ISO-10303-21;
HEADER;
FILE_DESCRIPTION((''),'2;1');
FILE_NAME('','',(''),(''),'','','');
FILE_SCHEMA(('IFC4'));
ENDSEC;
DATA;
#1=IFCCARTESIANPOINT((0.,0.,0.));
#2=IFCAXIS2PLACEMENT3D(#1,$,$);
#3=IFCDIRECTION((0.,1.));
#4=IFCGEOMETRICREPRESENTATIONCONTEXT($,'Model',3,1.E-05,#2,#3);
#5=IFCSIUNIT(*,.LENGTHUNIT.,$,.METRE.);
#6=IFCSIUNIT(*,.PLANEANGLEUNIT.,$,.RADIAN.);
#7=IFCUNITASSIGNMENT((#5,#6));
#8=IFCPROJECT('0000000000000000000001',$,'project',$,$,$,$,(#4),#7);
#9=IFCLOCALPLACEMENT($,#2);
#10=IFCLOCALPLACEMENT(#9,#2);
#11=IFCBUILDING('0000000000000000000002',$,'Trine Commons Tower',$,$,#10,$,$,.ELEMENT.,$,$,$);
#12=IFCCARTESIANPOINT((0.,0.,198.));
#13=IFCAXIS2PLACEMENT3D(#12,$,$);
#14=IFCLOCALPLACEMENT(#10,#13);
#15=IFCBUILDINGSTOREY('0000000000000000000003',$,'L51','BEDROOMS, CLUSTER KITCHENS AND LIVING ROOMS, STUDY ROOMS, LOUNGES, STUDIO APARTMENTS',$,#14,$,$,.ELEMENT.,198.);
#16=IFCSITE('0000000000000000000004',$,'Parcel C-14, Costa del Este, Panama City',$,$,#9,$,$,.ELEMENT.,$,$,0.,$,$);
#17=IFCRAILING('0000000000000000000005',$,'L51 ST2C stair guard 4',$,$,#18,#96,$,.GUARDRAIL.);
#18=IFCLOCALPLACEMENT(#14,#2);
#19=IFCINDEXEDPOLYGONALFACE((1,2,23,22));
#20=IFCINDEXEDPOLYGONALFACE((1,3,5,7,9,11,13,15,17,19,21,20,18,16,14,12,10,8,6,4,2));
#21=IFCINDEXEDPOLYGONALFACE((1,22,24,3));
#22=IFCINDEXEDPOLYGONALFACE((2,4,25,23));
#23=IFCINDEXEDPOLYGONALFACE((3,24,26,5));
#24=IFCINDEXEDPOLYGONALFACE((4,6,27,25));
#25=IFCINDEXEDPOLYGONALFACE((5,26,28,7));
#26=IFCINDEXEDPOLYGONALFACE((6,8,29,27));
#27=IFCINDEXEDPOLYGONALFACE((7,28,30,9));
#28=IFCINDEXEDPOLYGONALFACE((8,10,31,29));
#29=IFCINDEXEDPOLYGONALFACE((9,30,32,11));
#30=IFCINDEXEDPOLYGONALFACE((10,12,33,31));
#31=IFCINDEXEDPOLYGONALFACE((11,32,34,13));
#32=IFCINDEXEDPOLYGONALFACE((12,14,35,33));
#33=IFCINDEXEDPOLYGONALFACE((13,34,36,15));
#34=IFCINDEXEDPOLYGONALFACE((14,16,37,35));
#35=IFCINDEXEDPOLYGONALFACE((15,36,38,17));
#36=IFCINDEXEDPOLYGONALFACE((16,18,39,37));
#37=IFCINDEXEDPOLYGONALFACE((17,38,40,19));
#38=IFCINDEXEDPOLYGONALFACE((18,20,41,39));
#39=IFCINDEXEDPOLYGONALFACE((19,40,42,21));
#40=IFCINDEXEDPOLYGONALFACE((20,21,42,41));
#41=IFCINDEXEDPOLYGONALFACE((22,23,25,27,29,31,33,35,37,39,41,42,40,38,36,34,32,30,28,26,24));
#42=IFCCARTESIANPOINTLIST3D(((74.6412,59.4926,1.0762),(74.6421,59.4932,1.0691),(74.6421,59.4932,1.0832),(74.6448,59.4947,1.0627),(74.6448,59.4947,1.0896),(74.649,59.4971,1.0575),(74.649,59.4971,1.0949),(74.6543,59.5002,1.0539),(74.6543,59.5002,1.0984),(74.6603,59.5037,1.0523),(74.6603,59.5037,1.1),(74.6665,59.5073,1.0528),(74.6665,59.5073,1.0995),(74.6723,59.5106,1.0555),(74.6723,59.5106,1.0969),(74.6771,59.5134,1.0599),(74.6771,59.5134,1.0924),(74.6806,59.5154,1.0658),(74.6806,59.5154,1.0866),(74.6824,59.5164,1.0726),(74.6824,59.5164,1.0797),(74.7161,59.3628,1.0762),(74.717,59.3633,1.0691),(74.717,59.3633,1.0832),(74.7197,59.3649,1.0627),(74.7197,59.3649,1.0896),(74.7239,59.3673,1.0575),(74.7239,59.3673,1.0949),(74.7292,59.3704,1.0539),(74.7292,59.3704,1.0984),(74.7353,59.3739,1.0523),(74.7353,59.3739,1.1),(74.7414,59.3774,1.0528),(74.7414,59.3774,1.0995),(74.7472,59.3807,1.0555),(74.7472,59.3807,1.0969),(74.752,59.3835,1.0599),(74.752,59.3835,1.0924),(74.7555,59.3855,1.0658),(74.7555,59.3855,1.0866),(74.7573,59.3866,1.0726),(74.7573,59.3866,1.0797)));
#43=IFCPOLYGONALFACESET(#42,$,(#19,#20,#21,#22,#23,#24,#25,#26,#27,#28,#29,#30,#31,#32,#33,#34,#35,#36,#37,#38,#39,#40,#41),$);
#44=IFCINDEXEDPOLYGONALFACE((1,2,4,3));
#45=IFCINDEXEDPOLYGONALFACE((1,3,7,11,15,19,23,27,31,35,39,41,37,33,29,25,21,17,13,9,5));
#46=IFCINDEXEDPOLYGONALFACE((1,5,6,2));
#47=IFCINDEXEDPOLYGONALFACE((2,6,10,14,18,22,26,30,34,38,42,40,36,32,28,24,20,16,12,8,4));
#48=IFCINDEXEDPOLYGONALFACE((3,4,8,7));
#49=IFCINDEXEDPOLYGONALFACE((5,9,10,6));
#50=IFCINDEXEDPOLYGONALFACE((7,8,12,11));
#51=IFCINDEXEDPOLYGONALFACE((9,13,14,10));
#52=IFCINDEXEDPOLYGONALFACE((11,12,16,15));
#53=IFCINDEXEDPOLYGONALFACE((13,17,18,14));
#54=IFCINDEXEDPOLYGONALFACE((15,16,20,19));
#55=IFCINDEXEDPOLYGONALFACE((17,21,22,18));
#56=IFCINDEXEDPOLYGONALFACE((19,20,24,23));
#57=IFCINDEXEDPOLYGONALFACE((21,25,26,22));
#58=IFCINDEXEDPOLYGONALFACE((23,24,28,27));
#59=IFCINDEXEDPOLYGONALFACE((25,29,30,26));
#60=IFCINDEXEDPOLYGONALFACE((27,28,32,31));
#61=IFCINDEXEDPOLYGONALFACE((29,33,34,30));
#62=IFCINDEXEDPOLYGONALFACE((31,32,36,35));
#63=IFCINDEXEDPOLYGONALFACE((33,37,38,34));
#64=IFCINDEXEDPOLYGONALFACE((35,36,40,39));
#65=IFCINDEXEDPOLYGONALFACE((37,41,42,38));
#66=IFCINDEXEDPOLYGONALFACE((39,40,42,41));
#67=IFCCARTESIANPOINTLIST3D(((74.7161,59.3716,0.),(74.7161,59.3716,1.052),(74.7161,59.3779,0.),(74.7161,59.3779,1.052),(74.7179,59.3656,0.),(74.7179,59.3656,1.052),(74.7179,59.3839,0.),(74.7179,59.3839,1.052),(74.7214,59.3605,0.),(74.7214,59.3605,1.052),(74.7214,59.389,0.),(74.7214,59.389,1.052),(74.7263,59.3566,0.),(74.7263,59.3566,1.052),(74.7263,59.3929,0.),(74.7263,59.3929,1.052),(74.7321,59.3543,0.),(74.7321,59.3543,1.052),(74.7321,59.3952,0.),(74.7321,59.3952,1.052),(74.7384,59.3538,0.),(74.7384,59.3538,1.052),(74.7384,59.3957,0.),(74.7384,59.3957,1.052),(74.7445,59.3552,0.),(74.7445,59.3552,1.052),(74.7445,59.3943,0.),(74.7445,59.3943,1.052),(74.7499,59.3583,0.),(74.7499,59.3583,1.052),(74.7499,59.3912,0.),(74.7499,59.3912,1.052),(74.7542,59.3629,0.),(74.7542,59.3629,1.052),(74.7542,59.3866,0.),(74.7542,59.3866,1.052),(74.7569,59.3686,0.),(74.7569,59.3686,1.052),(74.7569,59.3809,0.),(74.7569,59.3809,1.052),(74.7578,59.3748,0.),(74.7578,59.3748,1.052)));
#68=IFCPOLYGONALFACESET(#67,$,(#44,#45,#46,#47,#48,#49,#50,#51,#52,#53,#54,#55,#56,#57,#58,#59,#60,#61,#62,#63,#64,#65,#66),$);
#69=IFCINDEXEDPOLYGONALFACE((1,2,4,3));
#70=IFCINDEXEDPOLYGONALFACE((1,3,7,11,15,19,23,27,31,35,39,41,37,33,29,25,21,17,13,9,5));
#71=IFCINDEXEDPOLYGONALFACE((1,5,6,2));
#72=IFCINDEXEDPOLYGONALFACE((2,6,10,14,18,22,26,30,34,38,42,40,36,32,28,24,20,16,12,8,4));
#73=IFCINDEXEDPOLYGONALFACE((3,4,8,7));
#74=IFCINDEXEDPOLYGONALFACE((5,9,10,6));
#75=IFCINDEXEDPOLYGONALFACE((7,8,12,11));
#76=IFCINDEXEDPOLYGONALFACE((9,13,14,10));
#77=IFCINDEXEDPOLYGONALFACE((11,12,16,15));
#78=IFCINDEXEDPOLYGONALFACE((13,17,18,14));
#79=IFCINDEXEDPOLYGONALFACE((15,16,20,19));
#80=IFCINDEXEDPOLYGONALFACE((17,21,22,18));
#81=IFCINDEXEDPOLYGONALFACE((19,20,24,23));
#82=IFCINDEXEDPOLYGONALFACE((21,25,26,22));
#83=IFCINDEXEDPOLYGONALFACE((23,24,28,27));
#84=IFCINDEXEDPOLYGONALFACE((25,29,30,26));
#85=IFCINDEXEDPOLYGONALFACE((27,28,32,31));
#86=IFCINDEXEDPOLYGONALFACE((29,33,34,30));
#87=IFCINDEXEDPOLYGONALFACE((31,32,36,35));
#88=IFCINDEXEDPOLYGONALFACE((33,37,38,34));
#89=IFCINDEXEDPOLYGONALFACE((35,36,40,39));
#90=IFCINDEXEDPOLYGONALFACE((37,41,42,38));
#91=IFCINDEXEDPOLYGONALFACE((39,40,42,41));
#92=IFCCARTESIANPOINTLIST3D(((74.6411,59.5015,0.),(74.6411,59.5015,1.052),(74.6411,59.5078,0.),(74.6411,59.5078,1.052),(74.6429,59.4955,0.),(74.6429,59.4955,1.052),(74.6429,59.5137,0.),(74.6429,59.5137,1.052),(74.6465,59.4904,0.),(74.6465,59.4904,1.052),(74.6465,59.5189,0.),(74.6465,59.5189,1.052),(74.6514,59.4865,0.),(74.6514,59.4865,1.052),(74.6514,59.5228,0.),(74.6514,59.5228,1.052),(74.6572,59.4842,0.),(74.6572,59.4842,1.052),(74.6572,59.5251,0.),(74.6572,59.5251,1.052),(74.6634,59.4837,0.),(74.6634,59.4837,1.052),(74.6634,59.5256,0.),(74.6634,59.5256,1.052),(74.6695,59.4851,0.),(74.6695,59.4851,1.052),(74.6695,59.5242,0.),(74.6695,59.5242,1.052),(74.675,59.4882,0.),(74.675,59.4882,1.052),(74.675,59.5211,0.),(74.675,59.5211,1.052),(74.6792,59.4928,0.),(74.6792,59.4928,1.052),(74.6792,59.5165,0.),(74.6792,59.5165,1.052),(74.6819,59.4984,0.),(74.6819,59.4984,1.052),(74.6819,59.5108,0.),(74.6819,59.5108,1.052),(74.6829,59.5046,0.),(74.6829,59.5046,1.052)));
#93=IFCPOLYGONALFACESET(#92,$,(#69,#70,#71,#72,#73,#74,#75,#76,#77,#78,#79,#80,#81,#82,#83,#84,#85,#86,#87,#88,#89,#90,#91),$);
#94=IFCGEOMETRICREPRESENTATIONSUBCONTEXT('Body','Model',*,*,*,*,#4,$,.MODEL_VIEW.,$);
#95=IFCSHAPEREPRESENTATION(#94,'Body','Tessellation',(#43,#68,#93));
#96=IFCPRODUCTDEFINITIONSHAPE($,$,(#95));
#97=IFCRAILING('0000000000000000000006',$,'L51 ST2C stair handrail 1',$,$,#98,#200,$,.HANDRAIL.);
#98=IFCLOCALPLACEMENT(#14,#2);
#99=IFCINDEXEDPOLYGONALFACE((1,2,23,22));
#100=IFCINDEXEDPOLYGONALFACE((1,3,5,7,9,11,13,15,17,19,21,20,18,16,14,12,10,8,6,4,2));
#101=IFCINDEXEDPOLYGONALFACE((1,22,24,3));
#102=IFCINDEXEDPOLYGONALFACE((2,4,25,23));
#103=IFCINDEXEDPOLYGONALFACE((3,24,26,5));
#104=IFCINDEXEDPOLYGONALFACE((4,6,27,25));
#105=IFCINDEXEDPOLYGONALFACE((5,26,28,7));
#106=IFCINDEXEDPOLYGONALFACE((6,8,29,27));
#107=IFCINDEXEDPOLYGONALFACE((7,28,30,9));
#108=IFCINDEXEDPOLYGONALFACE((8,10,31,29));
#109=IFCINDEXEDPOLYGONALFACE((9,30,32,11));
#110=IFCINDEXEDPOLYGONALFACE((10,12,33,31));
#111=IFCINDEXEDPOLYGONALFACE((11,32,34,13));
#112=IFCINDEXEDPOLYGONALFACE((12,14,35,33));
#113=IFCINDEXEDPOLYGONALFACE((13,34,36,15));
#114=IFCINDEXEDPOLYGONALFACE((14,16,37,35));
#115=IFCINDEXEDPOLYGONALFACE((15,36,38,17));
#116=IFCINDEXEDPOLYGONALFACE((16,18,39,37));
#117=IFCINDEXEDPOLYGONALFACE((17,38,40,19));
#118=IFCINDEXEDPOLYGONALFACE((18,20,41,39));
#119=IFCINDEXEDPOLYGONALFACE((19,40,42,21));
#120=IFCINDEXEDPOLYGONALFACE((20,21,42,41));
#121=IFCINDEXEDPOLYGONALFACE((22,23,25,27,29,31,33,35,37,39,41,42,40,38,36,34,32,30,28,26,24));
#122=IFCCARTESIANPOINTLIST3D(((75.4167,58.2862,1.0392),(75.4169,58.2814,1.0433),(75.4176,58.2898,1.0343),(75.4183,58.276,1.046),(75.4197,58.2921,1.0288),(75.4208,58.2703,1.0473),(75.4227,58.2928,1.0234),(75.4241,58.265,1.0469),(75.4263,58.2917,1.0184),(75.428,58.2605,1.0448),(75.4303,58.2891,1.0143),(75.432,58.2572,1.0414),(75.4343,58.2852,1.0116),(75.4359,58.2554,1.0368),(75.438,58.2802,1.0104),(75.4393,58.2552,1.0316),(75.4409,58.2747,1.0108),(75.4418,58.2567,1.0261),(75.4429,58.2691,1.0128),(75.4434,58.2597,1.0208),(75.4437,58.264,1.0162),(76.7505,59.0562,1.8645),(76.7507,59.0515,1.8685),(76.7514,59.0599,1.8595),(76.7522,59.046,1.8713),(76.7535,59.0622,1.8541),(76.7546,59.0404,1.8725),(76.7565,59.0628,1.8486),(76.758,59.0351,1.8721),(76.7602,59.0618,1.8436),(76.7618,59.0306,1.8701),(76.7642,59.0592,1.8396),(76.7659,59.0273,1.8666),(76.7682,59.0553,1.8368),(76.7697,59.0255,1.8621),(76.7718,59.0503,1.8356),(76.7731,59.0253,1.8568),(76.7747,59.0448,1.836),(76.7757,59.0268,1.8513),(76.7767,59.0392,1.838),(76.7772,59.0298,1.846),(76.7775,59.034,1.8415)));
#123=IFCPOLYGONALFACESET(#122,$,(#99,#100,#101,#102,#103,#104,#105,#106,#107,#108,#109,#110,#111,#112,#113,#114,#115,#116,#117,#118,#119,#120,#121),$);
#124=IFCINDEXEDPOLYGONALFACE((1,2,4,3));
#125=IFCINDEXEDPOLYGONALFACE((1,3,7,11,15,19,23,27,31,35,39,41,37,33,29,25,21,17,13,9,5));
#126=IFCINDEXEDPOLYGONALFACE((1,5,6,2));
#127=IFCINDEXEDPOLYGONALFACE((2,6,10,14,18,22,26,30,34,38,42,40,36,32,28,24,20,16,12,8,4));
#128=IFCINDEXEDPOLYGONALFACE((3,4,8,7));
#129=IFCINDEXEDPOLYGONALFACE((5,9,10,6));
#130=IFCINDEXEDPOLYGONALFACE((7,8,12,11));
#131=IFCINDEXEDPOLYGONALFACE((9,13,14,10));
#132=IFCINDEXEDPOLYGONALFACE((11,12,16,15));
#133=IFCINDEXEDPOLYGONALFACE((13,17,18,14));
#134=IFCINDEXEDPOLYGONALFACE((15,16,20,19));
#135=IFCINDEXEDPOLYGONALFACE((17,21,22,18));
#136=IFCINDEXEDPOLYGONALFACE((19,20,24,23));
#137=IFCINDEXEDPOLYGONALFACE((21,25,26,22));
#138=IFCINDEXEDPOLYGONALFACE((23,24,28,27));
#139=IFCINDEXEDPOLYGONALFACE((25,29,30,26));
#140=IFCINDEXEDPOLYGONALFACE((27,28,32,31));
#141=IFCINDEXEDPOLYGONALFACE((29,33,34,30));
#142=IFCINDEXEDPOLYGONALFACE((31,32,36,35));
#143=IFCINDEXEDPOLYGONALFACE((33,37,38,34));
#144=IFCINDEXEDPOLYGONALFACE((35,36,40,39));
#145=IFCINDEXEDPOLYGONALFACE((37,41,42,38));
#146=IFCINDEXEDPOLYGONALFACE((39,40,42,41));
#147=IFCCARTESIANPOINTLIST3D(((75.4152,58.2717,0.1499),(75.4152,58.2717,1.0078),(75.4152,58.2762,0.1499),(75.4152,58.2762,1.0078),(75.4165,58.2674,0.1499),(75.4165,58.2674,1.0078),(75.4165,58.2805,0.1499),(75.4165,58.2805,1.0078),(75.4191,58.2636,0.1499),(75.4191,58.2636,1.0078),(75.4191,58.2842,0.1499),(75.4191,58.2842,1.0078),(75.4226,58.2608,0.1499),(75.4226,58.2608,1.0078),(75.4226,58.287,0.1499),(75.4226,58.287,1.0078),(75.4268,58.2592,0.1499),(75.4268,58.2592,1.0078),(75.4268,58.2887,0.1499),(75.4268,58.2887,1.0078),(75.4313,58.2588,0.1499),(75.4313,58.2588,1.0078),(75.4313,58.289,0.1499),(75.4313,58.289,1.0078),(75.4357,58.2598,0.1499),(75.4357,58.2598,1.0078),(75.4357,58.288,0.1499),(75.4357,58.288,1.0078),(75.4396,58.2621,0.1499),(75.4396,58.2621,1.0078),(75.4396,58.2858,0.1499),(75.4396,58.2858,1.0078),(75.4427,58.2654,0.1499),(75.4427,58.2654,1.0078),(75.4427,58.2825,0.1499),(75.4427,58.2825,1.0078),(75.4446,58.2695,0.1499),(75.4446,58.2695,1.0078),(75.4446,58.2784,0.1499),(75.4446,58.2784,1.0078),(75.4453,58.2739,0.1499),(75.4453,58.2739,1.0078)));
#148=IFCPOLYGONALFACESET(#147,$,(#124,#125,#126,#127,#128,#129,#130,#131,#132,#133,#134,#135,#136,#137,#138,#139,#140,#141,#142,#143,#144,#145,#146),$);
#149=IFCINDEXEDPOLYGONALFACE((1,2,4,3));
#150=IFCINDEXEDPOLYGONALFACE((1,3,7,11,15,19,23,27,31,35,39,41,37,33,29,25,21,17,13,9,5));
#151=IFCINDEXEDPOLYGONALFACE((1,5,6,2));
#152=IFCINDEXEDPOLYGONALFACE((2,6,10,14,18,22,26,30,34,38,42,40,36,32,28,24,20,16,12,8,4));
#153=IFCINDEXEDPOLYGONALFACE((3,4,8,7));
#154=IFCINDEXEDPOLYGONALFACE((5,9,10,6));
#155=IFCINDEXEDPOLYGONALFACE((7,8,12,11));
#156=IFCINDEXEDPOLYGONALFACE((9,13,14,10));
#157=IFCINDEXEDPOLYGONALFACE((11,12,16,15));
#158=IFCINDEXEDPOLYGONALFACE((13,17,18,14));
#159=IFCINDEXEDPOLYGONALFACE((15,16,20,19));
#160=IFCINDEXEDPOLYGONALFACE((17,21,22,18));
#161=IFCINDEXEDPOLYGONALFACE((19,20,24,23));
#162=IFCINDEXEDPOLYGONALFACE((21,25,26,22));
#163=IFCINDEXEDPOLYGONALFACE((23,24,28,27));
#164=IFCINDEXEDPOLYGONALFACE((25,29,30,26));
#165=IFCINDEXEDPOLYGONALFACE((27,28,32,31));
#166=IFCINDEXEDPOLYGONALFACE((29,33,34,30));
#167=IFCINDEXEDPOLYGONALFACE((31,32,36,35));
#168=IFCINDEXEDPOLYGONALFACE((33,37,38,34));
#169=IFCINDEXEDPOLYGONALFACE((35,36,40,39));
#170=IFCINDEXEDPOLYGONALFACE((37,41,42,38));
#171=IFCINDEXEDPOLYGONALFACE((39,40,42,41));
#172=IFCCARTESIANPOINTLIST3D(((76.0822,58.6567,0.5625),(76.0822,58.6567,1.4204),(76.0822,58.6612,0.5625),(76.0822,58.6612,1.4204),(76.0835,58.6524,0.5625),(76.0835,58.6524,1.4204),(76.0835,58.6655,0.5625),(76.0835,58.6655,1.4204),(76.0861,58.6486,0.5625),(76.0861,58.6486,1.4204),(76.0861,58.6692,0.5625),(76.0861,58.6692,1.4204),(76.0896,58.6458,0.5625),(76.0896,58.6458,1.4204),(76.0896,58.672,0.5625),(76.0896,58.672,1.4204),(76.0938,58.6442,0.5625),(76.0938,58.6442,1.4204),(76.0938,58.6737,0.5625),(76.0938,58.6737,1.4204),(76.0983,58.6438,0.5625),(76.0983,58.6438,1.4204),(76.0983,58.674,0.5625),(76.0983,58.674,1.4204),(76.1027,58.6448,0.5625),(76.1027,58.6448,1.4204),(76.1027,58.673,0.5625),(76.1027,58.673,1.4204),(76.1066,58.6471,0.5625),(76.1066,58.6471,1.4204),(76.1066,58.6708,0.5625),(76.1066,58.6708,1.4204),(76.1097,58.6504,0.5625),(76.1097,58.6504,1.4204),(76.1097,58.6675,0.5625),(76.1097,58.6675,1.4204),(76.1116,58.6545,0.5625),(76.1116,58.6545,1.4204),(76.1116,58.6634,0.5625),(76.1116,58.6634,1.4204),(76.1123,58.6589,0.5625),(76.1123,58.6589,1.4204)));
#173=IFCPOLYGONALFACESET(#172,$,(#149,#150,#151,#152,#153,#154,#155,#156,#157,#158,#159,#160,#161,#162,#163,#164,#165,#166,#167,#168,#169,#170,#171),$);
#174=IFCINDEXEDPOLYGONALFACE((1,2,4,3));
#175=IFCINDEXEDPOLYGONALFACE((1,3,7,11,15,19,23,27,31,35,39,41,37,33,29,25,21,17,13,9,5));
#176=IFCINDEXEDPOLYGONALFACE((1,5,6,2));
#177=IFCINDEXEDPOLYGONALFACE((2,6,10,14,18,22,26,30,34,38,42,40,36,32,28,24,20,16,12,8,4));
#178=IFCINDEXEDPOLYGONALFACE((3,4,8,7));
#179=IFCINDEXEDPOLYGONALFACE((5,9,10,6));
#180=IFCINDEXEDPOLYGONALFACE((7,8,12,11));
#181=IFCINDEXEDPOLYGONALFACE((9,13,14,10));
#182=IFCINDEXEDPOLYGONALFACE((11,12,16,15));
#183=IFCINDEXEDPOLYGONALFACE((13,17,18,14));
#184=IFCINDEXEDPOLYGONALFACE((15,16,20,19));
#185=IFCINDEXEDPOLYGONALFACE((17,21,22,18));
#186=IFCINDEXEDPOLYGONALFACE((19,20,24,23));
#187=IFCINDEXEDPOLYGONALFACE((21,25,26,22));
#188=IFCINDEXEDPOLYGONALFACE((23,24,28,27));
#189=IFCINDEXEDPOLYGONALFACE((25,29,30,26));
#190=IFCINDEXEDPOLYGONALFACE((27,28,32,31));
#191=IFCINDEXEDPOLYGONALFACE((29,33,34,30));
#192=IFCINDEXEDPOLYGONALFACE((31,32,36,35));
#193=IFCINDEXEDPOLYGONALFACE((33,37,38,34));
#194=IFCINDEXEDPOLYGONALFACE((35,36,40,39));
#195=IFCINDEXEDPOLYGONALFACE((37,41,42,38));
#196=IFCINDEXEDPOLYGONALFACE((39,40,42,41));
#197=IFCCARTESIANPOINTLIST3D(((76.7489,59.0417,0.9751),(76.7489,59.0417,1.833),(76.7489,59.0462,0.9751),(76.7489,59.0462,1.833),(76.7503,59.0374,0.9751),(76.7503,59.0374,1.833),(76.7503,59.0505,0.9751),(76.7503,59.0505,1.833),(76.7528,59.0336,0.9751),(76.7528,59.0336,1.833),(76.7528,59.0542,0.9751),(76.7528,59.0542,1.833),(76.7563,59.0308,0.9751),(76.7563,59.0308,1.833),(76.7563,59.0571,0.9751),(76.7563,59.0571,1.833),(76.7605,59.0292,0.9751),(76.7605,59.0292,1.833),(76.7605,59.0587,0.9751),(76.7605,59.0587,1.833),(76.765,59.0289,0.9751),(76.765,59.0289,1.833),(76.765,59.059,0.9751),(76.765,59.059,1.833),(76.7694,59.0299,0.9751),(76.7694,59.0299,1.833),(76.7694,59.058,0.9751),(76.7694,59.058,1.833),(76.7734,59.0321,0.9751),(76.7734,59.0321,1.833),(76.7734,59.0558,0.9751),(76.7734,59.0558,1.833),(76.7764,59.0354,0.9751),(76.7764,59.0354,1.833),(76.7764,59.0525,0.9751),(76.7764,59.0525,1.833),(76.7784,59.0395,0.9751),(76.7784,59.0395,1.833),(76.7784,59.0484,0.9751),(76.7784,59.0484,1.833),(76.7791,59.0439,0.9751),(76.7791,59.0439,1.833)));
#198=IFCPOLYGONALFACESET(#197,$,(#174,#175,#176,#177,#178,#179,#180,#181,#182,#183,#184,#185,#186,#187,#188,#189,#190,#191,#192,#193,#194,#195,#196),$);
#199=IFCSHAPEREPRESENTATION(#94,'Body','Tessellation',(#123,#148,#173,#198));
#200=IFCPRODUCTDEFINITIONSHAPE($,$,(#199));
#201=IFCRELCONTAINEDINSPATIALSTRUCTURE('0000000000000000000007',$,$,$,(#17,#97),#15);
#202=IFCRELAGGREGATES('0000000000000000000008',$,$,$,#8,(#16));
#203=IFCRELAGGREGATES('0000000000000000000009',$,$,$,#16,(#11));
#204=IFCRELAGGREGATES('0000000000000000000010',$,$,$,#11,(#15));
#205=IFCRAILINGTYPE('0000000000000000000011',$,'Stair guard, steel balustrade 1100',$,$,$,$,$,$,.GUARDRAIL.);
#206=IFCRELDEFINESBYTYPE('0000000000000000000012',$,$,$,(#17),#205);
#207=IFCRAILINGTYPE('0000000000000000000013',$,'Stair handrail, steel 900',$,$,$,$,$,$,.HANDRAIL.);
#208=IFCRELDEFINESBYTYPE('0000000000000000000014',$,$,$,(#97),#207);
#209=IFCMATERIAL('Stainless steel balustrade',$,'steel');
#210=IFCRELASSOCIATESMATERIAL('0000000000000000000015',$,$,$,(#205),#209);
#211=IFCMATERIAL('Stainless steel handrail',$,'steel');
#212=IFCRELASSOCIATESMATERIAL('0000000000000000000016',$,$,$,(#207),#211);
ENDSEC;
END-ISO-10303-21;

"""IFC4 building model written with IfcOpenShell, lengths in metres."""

from ifc_helpers import new_model, si_unit, direction, frame, origin, origin_2d, place, context, subcontext, project, spatial, circle, extrude, material, type_object, element, save


model = new_model("IFC4")

# Units and contexts
model_context = context("Model", 3, precision=1e-05, world=origin(), true_north=direction((0.0, 1.0)))
body_context = subcontext(model_context, "Body", "Model", "MODEL_VIEW")
ifc_project = project(units=[si_unit("LENGTHUNIT", "METRE"), si_unit("PLANEANGLEUNIT", "RADIAN")], contexts=[model_context])

# Site, building, storey
site_placement = place(None, origin())
site = spatial("IfcSite", under=ifc_project, at=site_placement, Name="Parcel C-14, Costa del Este, Panama City", CompositionType="ELEMENT", RefElevation=0.0)
building_placement = place(site_placement, origin())
building = spatial("IfcBuilding", under=site, at=building_placement, Name="Trine Commons Tower", CompositionType="ELEMENT")
storey_placement = place(building_placement, frame((0.0, 0.0, 198.0)))
storey = spatial("IfcBuildingStorey", under=building, at=storey_placement, Name="L51", Description="BEDROOMS, CLUSTER KITCHENS AND LIVING ROOMS, STUDY ROOMS, LOUNGES, STUDIO APARTMENTS", CompositionType="ELEMENT", Elevation=198.0)

# Railings
ifc_material_1 = material(Name="Stainless steel balustrade", Category="steel")
railing_type_1 = type_object("IfcRailingType", Name="Stair guard, steel balustrade 1100", PredefinedType="GUARDRAIL", material=ifc_material_1)
railing_1_placement = place(storey_placement, frame((74.7368, 59.3748, 0.0)))
element("IfcRailing", 1, at=railing_1_placement, inside=storey, type_object=railing_type_1, Name="L51 ST2C stair guard 4", PredefinedType="GUARDRAIL", context=body_context, shape_type="SweptSolid", body=[
    extrude(circle(Radius=0.0239, at=origin_2d()), frame((0.0, 0.0, 1.0762), z_axis=(-0.499816, 0.866131, 0.0), x_axis=(-0.866131, -0.499816, 0.0)), (0.0, 0.0, 1.0), 0.1499),
    extrude(circle(Radius=0.021, at=origin_2d()), origin(), (0.0, 0.0, 1.0), 1.052),
    extrude(circle(Radius=0.021, at=origin_2d()), frame((-0.075, 0.1299, 0.0)), (0.0, 0.0, 1.0), 1.052),
])
ifc_material_2 = material(Name="Stainless steel handrail", Category="steel")
railing_type_2 = type_object("IfcRailingType", Name="Stair handrail, steel 900", PredefinedType="HANDRAIL", material=ifc_material_2)
railing_2_placement = place(storey_placement, frame((75.4302, 58.2739, 0.1499)))
element("IfcRailing", 2, at=railing_2_placement, inside=storey, type_object=railing_type_2, Name="L51 ST2C stair handrail 1", PredefinedType="HANDRAIL", context=body_context, shape_type="SweptSolid", body=[
    extrude(circle(Radius=0.021, at=origin_2d()), frame((0.0, 0.0, 0.8789), z_axis=(0.763355, 0.440714, 0.472293), x_axis=(-0.499992, 0.86603, 0.0)), (0.0, 0.0, 1.0), 1.7473),
    extrude(circle(Radius=0.0151, at=origin_2d()), origin(), (0.0, 0.0, 1.0), 0.8579),
    extrude(circle(Radius=0.0151, at=origin_2d()), frame((0.667, 0.385, 0.4126)), (0.0, 0.0, 1.0), 0.8579),
    extrude(circle(Radius=0.0151, at=origin_2d()), frame((1.3337, 0.77, 0.8252)), (0.0, 0.0, 1.0), 0.8579),
])

save(model, "model.ifc")
